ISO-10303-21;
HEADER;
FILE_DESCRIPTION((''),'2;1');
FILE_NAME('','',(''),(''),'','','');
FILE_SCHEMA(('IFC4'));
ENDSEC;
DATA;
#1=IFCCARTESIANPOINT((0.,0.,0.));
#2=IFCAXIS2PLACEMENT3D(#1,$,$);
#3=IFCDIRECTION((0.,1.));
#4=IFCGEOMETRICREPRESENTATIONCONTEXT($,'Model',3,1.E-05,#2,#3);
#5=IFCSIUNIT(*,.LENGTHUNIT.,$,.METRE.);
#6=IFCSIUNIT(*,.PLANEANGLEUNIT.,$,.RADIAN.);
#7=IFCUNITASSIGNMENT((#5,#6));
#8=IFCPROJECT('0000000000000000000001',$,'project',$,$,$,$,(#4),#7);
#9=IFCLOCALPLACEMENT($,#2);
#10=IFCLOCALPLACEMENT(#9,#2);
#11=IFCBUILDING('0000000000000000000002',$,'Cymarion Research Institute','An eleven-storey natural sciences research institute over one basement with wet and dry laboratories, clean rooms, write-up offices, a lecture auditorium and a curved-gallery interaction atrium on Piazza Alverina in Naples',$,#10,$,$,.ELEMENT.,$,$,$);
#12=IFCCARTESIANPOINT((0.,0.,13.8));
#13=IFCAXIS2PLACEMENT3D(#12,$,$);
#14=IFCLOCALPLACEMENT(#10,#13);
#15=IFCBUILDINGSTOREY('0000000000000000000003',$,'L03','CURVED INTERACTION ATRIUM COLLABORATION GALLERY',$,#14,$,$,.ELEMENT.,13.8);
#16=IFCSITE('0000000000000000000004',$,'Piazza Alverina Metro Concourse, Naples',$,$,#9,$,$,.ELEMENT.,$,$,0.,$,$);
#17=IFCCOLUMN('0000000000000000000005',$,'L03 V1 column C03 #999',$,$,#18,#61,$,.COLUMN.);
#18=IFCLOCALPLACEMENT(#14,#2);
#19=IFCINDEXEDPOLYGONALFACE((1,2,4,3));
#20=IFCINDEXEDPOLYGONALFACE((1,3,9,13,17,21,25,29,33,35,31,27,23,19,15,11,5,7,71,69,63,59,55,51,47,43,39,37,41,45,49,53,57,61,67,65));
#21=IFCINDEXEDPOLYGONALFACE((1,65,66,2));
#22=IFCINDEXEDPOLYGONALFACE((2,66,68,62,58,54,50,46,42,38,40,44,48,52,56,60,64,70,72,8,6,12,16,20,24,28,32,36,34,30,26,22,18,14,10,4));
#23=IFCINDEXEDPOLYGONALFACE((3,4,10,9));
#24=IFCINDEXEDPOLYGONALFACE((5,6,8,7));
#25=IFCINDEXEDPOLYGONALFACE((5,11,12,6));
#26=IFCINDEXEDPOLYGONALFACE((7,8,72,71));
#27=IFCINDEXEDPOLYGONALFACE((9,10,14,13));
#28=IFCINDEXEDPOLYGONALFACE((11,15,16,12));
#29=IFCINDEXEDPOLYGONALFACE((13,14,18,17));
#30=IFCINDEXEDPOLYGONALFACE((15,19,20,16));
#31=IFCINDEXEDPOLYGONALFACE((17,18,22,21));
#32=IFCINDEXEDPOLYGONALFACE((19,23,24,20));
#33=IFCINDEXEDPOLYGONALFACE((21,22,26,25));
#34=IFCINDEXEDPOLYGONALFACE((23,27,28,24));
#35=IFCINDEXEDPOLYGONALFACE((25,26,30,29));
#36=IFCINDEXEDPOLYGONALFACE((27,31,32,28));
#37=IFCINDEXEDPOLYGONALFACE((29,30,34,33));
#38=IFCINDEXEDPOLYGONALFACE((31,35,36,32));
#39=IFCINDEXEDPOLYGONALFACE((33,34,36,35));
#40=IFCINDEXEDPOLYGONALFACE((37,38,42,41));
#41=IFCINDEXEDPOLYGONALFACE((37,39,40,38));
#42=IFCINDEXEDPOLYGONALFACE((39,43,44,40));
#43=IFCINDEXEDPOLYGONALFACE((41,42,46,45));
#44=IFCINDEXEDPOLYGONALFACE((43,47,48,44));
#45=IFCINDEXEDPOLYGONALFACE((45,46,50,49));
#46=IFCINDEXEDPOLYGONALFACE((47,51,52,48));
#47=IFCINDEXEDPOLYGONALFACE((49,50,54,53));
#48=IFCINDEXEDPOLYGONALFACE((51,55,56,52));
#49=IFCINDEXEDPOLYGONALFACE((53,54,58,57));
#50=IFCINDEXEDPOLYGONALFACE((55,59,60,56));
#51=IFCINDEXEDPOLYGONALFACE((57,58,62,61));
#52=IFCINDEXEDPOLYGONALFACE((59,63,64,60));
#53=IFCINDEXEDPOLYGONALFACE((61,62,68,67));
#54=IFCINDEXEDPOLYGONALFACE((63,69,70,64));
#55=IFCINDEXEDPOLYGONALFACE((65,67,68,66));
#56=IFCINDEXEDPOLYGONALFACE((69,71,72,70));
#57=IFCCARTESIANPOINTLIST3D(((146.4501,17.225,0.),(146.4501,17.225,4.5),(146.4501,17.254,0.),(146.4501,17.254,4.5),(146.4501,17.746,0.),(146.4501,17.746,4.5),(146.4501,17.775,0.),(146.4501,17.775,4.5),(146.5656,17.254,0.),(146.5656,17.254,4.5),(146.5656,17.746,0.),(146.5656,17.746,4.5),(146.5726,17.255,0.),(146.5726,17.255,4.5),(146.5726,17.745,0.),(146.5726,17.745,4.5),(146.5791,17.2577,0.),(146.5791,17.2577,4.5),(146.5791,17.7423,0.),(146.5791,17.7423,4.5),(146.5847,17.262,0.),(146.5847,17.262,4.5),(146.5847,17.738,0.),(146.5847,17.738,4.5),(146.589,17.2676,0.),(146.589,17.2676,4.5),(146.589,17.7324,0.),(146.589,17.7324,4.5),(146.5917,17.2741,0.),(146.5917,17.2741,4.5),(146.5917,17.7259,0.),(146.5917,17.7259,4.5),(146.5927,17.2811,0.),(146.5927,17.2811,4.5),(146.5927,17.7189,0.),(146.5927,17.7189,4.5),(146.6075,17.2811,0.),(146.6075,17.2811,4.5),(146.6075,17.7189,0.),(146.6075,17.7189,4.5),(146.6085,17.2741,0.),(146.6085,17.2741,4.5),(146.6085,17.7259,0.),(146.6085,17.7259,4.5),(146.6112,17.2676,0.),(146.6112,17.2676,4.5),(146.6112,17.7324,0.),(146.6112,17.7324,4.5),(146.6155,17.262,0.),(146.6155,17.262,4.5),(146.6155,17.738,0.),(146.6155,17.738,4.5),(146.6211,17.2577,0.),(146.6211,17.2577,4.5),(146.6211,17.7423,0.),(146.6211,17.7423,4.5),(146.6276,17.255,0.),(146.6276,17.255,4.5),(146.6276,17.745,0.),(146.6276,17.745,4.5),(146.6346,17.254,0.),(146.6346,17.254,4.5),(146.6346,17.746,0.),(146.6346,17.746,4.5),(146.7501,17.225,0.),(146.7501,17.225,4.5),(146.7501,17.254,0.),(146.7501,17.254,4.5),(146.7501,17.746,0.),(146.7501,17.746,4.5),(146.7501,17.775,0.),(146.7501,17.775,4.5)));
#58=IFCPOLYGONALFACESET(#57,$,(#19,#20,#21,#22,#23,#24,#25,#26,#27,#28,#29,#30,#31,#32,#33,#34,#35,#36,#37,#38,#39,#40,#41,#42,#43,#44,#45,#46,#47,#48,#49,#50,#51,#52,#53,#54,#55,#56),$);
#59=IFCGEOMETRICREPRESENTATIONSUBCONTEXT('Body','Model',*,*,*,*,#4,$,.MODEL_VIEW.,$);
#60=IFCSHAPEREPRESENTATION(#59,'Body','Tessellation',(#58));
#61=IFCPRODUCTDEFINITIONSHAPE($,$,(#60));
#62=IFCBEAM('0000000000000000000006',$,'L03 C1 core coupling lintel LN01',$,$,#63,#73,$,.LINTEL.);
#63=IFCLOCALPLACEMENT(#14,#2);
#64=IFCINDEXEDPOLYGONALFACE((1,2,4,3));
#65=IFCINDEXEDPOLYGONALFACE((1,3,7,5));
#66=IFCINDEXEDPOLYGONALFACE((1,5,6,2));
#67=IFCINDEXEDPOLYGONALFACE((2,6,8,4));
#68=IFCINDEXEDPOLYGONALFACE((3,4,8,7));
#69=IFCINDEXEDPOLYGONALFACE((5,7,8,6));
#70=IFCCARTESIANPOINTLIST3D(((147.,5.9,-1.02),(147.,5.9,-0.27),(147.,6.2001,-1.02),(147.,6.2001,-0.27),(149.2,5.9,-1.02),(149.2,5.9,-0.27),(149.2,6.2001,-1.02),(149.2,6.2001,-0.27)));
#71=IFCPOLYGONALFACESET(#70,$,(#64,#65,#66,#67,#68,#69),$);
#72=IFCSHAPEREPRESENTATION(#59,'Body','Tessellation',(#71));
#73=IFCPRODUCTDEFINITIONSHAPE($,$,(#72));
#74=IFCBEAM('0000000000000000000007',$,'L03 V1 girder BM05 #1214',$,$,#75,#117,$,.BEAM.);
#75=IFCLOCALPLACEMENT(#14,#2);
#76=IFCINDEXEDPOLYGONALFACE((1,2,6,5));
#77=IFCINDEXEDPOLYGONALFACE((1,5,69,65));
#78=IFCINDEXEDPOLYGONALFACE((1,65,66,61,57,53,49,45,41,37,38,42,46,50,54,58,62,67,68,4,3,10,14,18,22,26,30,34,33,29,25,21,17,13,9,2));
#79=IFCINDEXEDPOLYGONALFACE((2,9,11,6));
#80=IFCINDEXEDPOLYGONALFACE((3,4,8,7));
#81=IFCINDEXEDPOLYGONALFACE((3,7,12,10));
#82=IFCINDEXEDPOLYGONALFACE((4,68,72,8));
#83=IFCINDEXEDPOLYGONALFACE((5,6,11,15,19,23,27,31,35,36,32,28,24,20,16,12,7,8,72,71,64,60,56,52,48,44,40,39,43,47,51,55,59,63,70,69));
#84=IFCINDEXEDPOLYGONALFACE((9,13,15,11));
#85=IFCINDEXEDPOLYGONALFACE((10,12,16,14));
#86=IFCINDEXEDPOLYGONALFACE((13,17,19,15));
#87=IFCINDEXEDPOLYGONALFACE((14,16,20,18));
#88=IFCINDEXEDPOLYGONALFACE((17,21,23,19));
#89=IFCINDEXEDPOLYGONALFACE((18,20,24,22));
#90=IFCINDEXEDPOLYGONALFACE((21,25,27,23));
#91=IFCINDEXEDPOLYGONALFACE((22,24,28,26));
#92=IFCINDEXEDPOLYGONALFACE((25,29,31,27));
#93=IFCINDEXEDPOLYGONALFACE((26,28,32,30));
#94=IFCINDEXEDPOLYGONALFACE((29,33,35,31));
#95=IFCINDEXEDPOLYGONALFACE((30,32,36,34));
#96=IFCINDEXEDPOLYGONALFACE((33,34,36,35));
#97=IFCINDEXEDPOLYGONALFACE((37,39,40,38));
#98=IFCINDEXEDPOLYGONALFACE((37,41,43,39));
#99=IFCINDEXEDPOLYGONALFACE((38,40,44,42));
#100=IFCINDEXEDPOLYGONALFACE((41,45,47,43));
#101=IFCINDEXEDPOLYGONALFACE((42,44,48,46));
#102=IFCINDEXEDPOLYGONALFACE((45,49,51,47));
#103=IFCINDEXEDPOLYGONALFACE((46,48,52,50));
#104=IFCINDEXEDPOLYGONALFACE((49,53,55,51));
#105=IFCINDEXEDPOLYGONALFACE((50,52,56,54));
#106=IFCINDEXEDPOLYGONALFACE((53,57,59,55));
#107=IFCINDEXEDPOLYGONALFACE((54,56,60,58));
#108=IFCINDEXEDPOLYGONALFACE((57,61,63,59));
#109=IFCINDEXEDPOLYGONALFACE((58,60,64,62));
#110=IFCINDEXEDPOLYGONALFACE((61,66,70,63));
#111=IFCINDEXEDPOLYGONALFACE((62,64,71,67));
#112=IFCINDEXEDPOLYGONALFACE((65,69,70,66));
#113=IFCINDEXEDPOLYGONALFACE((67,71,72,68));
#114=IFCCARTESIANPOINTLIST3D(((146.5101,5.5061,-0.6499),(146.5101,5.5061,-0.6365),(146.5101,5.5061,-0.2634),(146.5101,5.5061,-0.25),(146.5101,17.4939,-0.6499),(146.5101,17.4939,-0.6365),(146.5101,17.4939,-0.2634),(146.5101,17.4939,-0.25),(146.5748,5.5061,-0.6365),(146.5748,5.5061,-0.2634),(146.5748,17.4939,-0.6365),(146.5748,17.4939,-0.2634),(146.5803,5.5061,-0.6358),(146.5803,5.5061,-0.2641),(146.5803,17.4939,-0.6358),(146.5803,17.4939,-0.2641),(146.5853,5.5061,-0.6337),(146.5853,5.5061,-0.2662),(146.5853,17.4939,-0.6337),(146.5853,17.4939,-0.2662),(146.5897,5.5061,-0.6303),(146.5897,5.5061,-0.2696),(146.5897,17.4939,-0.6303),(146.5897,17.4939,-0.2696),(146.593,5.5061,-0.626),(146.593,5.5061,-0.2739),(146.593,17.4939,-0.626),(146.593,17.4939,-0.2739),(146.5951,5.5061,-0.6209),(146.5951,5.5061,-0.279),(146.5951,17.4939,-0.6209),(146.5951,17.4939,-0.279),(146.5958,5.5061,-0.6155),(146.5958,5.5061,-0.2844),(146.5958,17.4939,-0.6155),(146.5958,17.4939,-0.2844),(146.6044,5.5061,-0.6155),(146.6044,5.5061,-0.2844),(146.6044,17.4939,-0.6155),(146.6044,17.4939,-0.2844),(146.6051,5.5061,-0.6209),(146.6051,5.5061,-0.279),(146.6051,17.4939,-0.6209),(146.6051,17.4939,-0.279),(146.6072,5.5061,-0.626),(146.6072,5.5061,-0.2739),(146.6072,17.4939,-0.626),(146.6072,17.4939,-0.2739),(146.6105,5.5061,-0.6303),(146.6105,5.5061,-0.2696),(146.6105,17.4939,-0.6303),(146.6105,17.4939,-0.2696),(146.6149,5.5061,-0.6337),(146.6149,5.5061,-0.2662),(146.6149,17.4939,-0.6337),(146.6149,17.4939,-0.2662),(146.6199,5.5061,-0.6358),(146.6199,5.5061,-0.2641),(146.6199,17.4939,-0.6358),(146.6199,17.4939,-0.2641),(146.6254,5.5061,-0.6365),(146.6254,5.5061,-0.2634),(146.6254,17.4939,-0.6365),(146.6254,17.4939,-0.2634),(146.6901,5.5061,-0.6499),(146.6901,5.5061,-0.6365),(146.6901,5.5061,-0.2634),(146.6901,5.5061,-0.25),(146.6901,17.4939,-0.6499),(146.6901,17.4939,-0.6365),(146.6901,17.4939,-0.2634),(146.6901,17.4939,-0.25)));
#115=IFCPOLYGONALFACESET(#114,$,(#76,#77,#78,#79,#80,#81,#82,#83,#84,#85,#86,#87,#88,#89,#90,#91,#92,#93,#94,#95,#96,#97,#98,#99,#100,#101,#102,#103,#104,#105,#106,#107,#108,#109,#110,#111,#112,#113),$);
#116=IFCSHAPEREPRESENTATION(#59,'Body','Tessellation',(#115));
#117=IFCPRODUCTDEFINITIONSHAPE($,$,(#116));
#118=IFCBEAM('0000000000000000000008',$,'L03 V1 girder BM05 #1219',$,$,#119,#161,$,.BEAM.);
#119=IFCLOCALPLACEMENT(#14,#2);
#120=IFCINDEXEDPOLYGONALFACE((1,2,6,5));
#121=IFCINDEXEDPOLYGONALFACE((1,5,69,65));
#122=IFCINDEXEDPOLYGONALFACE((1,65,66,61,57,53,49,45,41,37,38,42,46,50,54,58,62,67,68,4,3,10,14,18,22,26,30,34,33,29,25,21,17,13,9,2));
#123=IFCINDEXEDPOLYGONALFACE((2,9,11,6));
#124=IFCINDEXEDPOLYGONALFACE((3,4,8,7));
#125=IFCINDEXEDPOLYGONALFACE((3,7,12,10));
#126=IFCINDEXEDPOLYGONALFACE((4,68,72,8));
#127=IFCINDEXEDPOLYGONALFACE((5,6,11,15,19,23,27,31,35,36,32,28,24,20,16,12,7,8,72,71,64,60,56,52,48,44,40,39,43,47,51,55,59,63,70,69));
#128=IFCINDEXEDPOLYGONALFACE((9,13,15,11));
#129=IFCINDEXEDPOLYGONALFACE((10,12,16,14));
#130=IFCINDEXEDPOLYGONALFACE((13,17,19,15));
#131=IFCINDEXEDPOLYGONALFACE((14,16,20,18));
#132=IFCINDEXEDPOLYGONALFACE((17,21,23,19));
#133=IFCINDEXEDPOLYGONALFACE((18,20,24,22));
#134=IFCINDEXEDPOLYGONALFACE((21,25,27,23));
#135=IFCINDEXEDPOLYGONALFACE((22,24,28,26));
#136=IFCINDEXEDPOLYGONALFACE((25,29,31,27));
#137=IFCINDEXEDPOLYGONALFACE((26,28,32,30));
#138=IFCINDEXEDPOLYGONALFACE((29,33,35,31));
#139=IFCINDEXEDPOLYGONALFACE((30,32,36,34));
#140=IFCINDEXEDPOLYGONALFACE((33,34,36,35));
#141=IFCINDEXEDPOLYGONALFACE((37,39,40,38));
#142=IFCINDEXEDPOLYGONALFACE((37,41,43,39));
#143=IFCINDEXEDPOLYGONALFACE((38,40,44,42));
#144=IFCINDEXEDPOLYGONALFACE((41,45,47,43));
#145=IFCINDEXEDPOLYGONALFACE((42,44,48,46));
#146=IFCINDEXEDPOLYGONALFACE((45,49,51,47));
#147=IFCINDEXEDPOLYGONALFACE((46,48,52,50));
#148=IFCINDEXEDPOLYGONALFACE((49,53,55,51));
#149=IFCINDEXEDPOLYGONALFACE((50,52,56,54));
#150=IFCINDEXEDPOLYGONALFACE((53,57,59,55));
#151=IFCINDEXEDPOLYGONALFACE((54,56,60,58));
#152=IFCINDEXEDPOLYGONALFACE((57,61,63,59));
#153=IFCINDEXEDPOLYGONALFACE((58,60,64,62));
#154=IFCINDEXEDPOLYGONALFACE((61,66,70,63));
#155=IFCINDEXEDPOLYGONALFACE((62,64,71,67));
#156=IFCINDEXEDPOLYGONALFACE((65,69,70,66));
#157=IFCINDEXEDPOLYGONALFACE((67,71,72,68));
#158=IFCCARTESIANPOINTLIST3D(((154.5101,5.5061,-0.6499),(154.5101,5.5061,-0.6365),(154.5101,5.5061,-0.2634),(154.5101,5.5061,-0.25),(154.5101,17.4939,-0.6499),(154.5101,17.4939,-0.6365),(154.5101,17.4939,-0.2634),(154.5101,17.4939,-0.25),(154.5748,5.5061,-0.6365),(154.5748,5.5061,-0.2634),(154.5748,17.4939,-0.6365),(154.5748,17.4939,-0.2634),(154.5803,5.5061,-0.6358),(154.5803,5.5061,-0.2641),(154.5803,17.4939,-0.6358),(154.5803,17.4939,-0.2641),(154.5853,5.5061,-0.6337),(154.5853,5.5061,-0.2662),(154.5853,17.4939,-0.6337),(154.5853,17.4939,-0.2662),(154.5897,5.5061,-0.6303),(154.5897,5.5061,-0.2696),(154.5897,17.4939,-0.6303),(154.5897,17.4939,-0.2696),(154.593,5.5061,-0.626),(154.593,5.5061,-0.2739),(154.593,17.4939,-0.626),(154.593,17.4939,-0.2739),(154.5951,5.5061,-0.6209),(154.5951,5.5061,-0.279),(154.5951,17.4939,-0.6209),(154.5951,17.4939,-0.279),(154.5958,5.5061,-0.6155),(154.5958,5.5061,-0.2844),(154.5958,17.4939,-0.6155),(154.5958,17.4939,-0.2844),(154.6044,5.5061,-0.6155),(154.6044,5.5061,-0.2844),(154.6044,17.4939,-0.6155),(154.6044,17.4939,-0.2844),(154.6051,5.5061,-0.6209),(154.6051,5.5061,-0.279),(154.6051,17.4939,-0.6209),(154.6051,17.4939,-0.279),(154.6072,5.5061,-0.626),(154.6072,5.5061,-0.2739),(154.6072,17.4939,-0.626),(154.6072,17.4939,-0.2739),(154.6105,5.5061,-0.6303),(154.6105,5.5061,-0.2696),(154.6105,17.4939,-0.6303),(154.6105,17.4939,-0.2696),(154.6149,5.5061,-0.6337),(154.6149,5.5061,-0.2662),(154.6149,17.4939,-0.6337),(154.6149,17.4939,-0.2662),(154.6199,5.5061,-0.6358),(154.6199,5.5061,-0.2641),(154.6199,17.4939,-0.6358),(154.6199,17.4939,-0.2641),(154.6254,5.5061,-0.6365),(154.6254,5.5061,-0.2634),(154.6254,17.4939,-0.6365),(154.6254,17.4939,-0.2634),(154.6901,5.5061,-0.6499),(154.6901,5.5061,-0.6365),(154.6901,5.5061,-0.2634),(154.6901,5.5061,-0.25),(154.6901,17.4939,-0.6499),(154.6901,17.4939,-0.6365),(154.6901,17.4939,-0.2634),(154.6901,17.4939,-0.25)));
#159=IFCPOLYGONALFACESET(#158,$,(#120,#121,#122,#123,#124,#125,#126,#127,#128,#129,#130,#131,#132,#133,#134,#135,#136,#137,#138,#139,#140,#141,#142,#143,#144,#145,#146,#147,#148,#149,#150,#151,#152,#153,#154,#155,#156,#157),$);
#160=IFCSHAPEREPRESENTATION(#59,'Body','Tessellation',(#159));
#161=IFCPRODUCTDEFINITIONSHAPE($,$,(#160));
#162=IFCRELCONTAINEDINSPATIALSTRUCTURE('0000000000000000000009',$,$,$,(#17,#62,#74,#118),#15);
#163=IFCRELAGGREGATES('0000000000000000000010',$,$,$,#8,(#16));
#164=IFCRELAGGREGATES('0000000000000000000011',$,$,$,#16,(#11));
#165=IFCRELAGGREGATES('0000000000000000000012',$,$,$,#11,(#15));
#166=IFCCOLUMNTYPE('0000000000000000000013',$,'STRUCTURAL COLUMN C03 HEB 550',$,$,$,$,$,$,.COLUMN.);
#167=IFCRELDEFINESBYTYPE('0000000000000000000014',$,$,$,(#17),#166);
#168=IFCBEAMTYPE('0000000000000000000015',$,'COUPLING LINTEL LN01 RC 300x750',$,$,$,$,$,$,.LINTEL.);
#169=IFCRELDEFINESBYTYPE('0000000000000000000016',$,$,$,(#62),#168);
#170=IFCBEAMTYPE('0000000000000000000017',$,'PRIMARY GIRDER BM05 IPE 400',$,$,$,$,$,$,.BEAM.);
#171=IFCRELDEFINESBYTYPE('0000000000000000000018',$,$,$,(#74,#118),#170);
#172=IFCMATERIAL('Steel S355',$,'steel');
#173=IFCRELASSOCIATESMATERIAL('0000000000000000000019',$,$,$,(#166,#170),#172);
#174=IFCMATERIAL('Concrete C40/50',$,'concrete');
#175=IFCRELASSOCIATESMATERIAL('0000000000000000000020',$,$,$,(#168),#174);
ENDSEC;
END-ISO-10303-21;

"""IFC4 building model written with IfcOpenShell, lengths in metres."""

from ifc_helpers import new_model, si_unit, direction, frame, origin, origin_2d, place, context, subcontext, project, spatial, rectangle, i_section, extrude, material, material_profile, profile_set, type_object, element, save


model = new_model("IFC4")

# Units and contexts
model_context = context("Model", 3, precision=1e-05, world=origin(), true_north=direction((0.0, 1.0)))
body_context = subcontext(model_context, "Body", "Model", "MODEL_VIEW")
ifc_project = project(units=[si_unit("LENGTHUNIT", "METRE"), si_unit("PLANEANGLEUNIT", "RADIAN")], contexts=[model_context])

# Site, building, storey
site_placement = place(None, origin())
site = spatial("IfcSite", under=ifc_project, at=site_placement, Name="Piazza Alverina Metro Concourse, Naples", CompositionType="ELEMENT", RefElevation=0.0)
building_placement = place(site_placement, origin())
building = spatial("IfcBuilding", under=site, at=building_placement, Name="Cymarion Research Institute", Description="An eleven-storey natural sciences research institute over one basement with wet and dry laboratories, clean rooms, write-up offices, a lecture auditorium and a curved-gallery interaction atrium on Piazza Alverina in Naples", CompositionType="ELEMENT")
storey_placement = place(building_placement, frame((0.0, 0.0, 13.8)))
storey = spatial("IfcBuildingStorey", under=building, at=storey_placement, Name="L03", Description="CURVED INTERACTION ATRIUM COLLABORATION GALLERY", CompositionType="ELEMENT", Elevation=13.8)

# Column
ifc_material_1 = material(Name="Steel S355", Category="steel")
ifc_material_profile_1 = material_profile(ifc_material_1, i_section(OverallWidth=0.3, OverallDepth=0.55, WebThickness=0.0149, FlangeThickness=0.0291, FilletRadius=0.0271, at=origin_2d()), Name="HEB 550")
ifc_profile_set_1 = profile_set([ifc_material_profile_1], Name="Steel S355")
column_type = type_object("IfcColumnType", Name="STRUCTURAL COLUMN C03 HEB 550", PredefinedType="COLUMN", material=ifc_profile_set_1)
column_placement = place(storey_placement, frame((146.6001, 17.5, 0.0), z_axis=(0.0, 0.0, 1.0), x_axis=(1.0, 0.0, 0.0)))
element("IfcColumn", 1, at=column_placement, inside=storey, type_object=column_type, Name="L03 V1 column C03 #999", PredefinedType="COLUMN", context=body_context, shape_type="SweptSolid", body=[
    extrude(i_section(OverallWidth=0.3, OverallDepth=0.55, WebThickness=0.0149, FlangeThickness=0.0291, FilletRadius=0.0271, at=origin_2d()), origin(), (0.0, 0.0, 1.0), 4.5),
])

# Beams
ifc_material_2 = material(Name="Concrete C40/50", Category="concrete")
ifc_material_profile_2 = material_profile(ifc_material_2, rectangle(XDim=0.3, YDim=0.75, at=origin_2d()), Name="RC 300x750")
ifc_profile_set_2 = profile_set([ifc_material_profile_2], Name="Concrete C40/50")
beam_type_1 = type_object("IfcBeamType", Name="COUPLING LINTEL LN01 RC 300x750", PredefinedType="LINTEL", material=ifc_profile_set_2)
beam_1_placement = place(storey_placement, frame((147.0, 6.05, -0.645), z_axis=(1.0, 0.0, 0.0), x_axis=(0.0, 1.0, 0.0)))
element("IfcBeam", 2, at=beam_1_placement, inside=storey, type_object=beam_type_1, Name="L03 C1 core coupling lintel LN01", PredefinedType="LINTEL", context=body_context, shape_type="SweptSolid", body=[
    extrude(rectangle(XDim=0.3, YDim=0.75, at=origin_2d()), origin(), (0.0, 0.0, 1.0), 2.2),
])
ifc_material_profile_3 = material_profile(ifc_material_1, i_section(OverallWidth=0.1799, OverallDepth=0.3999, WebThickness=0.0085, FlangeThickness=0.0134, FilletRadius=0.021, at=origin_2d()), Name="IPE 400")
ifc_profile_set_3 = profile_set([ifc_material_profile_3], Name="Steel S355")
beam_type_2 = type_object("IfcBeamType", Name="PRIMARY GIRDER BM05 IPE 400", PredefinedType="BEAM", material=ifc_profile_set_3)
for number, where, z_axis, x_axis, name in (
    (3, (146.6001, 5.5061, -0.45), (0.0, 1.0, 0.0), (-1.0, 0.0, 0.0), "L03 V1 girder BM05 #1214"),
    (4, (154.6001, 5.5061, -0.45), (0.0, 1.0, 0.0), (-1.0, 0.0, 0.0), "L03 V1 girder BM05 #1219"),
):
    element("IfcBeam", number, at=place(storey_placement, frame(where, z_axis=z_axis, x_axis=x_axis)), inside=storey, type_object=beam_type_2, Name=name, PredefinedType="BEAM", context=body_context, shape_type="SweptSolid", body=[
        extrude(i_section(OverallWidth=0.1799, OverallDepth=0.3999, WebThickness=0.0085, FlangeThickness=0.0134, FilletRadius=0.021, at=origin_2d()), origin(), (0.0, 0.0, 1.0), 11.9878),
    ])

save(model, "model.ifc")
